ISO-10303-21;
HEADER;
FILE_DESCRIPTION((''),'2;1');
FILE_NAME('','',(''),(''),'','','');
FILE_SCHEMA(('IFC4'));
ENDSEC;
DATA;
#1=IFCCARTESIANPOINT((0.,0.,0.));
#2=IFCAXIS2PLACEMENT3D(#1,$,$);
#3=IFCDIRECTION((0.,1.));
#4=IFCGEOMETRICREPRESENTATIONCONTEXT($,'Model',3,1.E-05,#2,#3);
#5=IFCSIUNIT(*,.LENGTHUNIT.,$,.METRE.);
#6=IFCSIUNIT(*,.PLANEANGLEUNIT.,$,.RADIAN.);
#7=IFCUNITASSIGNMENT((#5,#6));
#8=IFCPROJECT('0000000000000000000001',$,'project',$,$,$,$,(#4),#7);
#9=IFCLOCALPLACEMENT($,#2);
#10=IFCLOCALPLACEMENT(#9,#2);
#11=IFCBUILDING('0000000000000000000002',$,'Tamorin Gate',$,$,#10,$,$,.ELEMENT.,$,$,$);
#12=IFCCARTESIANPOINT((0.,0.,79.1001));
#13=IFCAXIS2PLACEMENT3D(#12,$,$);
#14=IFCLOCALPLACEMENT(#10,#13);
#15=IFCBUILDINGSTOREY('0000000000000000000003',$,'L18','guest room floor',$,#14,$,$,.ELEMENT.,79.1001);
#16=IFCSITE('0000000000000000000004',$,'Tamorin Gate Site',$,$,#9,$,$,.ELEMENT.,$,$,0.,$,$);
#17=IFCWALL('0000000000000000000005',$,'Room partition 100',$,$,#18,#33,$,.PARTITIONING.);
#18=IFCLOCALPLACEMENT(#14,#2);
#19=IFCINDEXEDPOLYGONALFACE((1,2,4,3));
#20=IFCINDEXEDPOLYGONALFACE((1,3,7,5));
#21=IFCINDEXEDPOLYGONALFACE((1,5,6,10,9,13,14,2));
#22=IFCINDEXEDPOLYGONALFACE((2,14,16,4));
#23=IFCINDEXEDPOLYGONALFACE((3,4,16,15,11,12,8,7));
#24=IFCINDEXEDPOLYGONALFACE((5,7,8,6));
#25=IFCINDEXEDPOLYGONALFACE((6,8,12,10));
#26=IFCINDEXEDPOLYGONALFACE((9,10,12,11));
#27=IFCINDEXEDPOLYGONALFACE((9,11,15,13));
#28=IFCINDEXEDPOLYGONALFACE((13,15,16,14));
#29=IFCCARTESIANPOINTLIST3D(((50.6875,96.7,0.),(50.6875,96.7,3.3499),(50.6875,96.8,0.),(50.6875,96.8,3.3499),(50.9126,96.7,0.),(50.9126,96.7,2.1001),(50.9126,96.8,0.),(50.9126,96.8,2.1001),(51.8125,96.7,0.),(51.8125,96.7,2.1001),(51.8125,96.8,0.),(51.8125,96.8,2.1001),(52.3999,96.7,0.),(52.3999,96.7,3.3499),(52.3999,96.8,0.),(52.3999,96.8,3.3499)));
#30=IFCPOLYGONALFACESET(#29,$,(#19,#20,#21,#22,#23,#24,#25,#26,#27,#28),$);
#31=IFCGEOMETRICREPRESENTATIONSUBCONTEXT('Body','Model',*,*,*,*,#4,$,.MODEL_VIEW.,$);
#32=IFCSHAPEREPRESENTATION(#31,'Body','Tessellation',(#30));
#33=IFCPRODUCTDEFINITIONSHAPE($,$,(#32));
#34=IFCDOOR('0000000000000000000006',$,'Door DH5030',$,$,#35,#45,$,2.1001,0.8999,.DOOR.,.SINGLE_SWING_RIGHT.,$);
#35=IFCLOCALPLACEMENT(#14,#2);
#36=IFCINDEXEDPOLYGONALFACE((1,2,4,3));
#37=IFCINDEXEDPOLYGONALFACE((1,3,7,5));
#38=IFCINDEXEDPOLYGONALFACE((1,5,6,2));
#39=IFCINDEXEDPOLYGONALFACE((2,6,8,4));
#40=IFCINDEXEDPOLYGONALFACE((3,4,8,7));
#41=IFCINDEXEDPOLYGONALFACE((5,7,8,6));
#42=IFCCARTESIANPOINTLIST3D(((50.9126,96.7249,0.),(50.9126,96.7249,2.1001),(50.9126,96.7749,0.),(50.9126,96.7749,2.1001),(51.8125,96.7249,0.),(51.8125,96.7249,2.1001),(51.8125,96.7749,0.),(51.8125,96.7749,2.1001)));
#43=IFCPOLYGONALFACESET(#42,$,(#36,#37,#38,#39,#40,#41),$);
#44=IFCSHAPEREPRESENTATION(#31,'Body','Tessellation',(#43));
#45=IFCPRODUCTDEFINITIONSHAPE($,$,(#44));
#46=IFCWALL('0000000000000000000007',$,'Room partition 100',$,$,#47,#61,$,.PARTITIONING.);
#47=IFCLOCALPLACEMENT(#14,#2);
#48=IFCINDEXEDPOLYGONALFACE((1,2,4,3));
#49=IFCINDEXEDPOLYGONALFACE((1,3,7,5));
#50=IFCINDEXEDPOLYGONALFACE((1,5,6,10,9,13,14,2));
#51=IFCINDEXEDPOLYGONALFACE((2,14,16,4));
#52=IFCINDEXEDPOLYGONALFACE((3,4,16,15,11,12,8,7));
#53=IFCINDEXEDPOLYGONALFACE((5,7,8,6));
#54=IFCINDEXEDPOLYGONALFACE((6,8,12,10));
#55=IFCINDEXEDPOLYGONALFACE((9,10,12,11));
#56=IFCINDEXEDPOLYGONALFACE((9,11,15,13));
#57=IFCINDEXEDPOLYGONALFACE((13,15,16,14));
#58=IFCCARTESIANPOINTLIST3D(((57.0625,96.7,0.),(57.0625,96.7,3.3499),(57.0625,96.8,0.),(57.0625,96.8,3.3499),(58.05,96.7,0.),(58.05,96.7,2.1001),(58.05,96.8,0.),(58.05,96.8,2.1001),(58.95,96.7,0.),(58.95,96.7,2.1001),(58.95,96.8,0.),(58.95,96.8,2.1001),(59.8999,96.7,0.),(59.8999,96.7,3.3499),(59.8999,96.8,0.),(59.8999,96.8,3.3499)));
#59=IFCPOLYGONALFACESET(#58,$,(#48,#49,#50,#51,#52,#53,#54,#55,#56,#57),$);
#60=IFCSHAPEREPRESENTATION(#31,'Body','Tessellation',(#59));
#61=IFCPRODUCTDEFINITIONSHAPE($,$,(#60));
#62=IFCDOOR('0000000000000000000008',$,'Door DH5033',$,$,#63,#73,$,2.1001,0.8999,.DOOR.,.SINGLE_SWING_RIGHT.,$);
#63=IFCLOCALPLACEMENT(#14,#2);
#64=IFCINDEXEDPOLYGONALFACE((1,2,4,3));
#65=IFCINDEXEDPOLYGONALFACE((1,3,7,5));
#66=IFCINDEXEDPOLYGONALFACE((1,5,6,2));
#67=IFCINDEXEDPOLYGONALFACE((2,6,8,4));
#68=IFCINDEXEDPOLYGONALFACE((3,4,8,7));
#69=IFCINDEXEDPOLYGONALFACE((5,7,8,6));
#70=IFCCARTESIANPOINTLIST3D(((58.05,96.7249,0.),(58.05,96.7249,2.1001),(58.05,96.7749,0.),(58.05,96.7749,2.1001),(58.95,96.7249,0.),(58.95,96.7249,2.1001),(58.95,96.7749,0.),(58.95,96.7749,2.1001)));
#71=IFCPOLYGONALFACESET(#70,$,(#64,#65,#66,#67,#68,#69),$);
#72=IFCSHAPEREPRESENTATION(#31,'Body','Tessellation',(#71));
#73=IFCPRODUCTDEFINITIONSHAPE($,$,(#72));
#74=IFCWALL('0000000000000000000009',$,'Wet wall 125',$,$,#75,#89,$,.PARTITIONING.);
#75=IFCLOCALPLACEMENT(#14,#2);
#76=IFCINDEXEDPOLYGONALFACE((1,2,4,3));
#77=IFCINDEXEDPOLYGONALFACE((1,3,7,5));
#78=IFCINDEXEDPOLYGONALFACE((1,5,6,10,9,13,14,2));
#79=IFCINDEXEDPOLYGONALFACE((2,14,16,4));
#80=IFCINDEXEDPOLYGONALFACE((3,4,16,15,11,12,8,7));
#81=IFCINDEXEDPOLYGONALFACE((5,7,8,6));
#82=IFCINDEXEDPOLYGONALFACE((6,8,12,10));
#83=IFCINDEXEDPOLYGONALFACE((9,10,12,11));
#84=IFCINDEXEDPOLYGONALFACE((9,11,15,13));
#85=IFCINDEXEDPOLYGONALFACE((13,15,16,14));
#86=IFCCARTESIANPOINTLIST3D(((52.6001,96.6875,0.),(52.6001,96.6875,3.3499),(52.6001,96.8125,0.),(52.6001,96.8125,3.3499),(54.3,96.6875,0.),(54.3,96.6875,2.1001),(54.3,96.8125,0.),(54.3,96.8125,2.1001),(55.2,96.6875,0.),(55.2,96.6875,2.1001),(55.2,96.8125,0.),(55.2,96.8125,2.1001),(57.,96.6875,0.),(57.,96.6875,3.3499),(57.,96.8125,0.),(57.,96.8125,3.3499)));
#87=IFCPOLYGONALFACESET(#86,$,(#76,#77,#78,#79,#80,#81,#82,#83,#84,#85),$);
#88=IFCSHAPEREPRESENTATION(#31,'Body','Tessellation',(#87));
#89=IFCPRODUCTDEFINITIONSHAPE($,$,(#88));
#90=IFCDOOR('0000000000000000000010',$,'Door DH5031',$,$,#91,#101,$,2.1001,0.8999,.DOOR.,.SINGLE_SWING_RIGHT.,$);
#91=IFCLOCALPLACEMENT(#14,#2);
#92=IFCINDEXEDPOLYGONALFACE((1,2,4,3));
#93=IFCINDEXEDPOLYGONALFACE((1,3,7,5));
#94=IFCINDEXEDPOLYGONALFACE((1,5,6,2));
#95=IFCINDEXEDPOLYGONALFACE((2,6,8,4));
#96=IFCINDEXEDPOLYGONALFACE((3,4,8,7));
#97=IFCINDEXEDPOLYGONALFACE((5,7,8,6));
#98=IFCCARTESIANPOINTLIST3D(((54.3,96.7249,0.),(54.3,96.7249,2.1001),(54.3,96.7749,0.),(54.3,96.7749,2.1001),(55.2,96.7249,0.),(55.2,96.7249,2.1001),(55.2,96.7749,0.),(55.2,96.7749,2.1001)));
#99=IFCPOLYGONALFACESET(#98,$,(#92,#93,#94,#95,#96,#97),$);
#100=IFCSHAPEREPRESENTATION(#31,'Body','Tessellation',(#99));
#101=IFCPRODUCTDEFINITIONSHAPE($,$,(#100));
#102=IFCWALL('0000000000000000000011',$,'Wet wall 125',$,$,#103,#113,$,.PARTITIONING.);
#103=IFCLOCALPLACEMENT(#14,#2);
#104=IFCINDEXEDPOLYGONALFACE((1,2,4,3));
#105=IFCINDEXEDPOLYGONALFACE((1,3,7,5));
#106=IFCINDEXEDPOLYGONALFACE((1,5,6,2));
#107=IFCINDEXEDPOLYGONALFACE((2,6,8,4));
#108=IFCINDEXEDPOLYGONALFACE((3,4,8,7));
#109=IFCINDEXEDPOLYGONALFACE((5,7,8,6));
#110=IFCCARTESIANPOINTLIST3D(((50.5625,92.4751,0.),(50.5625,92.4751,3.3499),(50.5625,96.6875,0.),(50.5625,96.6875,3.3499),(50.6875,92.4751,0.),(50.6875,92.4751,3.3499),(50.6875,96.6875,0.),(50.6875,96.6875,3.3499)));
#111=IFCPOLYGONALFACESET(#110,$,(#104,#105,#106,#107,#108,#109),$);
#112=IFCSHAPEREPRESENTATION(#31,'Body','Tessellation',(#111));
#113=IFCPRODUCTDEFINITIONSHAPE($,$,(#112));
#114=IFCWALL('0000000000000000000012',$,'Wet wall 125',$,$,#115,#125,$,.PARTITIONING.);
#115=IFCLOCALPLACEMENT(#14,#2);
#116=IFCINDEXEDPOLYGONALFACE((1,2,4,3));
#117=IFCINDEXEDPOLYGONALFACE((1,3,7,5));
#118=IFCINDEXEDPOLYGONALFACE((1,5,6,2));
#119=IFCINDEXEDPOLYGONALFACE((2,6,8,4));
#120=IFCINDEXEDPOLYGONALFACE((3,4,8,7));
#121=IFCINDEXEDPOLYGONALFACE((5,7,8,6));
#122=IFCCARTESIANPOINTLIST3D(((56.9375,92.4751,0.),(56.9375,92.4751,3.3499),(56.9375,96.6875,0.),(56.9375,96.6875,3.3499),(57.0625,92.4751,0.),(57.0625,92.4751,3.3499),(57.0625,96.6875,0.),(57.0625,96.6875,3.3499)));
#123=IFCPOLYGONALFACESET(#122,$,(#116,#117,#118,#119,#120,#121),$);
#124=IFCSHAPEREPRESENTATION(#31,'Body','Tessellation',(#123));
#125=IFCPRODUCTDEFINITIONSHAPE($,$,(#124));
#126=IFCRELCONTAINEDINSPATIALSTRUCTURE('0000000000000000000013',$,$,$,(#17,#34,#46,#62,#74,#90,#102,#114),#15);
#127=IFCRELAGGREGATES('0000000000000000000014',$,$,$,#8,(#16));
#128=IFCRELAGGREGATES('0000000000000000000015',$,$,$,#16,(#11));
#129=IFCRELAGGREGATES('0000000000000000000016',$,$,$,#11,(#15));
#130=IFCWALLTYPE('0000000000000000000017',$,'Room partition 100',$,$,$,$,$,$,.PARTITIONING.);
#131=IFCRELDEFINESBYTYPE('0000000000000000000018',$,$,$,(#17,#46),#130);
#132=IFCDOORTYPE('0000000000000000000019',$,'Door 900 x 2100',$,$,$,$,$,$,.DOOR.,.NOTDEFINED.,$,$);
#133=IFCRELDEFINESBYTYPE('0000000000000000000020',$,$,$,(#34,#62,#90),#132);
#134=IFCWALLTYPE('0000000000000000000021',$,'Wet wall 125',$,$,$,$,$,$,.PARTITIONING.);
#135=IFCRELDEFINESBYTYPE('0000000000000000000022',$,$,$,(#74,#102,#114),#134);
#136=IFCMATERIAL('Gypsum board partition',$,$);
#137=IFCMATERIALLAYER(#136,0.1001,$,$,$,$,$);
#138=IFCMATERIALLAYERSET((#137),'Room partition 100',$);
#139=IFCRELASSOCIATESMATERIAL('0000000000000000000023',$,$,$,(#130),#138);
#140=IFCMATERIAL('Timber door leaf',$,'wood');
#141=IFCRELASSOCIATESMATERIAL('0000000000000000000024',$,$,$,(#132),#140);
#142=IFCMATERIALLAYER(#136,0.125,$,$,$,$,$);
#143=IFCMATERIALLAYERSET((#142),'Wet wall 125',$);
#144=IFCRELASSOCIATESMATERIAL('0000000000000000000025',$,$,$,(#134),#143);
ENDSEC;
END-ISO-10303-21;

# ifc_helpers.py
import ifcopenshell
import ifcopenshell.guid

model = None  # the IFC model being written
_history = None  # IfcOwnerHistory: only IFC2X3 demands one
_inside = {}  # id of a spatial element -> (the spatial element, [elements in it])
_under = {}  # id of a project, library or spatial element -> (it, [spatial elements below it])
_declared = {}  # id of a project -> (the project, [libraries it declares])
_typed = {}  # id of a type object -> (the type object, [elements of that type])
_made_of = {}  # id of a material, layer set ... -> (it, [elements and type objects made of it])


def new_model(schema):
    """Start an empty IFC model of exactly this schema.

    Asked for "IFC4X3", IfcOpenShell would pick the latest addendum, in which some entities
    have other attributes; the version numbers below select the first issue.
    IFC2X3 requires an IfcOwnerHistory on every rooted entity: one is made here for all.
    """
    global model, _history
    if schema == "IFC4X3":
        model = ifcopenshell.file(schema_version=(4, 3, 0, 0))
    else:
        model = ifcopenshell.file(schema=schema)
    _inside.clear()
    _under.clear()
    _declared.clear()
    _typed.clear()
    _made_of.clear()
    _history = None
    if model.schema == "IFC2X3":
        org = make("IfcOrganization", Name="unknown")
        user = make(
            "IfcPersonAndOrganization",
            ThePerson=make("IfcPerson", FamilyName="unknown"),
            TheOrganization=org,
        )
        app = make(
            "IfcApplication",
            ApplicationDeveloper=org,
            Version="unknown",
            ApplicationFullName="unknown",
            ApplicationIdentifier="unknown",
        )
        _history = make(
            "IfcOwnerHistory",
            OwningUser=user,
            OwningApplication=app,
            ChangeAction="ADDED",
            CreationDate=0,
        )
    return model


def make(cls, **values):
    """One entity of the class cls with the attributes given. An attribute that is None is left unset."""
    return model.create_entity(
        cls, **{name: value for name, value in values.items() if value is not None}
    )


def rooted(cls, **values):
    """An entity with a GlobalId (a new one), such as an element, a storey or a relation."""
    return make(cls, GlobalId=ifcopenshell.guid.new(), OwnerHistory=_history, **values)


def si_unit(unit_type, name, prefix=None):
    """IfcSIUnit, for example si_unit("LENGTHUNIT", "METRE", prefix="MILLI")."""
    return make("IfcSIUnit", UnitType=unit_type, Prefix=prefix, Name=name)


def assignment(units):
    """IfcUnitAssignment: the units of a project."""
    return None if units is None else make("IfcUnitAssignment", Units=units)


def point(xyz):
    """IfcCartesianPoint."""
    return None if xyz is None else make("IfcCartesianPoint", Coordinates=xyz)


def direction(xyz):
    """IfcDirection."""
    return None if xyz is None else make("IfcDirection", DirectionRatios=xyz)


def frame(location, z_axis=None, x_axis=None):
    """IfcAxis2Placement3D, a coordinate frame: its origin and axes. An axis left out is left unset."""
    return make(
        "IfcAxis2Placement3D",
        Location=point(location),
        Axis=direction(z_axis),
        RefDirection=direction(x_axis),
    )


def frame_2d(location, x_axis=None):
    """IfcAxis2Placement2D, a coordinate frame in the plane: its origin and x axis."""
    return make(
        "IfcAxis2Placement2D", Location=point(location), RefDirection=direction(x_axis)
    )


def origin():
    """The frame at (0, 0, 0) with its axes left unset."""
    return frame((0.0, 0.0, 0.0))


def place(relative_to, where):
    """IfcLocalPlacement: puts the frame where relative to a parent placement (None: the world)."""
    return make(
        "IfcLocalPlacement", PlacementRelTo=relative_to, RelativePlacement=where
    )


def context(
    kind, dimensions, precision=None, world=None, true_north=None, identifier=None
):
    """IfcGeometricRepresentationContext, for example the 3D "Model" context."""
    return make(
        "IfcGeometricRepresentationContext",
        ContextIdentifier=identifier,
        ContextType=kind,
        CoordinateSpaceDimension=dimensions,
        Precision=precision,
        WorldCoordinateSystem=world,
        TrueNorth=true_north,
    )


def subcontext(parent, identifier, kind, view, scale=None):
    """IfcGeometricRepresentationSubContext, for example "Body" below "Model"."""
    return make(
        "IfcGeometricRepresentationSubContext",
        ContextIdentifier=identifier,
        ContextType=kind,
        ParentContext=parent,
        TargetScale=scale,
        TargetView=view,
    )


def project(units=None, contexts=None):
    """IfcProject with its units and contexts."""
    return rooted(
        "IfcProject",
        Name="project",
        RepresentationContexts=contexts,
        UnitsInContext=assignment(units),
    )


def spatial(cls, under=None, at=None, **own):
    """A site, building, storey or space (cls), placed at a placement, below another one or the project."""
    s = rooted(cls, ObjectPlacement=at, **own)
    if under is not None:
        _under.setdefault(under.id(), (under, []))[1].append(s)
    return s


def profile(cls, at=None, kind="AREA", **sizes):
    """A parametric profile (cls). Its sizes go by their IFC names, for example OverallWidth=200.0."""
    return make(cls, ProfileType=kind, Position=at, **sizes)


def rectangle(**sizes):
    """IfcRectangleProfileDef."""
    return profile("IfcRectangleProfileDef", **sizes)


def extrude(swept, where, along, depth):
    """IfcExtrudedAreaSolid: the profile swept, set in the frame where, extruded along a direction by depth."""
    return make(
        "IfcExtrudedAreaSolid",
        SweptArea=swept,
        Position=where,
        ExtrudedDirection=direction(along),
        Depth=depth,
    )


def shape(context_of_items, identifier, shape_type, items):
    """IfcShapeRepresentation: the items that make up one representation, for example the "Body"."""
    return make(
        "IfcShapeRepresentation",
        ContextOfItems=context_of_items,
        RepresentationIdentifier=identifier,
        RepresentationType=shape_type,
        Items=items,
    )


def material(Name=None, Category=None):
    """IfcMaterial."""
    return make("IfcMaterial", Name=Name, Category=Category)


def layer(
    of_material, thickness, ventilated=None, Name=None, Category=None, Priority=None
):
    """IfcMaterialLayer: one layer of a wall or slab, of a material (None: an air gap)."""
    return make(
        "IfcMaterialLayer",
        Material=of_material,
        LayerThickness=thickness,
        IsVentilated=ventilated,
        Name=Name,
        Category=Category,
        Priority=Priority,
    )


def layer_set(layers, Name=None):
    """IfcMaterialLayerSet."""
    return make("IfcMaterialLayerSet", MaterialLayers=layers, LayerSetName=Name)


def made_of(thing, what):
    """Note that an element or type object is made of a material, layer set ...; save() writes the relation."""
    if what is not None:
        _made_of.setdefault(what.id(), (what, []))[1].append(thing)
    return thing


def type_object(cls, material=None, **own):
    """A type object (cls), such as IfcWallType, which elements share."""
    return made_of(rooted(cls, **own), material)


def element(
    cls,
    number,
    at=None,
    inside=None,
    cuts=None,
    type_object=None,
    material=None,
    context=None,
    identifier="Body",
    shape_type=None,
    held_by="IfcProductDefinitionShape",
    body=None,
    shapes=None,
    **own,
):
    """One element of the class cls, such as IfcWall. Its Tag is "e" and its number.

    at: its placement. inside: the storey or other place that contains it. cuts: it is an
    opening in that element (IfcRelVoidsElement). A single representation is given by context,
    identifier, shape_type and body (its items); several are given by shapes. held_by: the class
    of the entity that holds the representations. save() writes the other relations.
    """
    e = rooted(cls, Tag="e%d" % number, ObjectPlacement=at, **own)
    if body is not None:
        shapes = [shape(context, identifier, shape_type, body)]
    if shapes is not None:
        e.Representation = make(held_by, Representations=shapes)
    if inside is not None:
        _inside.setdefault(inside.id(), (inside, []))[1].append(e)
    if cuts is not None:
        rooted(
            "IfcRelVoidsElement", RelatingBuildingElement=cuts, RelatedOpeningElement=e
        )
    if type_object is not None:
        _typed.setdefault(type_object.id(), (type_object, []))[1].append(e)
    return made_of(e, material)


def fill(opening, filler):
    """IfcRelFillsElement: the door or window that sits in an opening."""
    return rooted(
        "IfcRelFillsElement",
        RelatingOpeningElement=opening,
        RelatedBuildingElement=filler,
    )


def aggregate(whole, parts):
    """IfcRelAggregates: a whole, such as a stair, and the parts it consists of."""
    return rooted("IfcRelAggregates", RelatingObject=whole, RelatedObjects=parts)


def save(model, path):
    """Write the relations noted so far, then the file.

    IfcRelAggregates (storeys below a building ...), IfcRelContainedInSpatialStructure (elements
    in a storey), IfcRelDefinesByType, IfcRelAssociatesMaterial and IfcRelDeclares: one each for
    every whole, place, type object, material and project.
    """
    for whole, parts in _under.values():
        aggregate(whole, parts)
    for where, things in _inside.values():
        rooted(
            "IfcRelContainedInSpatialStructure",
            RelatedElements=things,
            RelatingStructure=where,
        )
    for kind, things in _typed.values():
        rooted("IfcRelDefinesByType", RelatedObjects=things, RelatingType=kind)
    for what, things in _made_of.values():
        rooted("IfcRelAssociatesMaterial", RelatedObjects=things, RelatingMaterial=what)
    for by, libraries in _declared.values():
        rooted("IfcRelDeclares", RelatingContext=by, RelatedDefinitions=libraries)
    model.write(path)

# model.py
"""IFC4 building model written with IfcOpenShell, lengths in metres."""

from ifc_helpers import new_model, si_unit, direction, frame, frame_2d, origin, place, context, subcontext, project, spatial, rectangle, extrude, material, layer, layer_set, type_object, element, fill, save


model = new_model("IFC4")

# Units and contexts
model_context = context("Model", 3, precision=1e-05, world=origin(), true_north=direction((0.0, 1.0)))
body_context = subcontext(model_context, "Body", "Model", "MODEL_VIEW")
ifc_project = project(units=[si_unit("LENGTHUNIT", "METRE"), si_unit("PLANEANGLEUNIT", "RADIAN")], contexts=[model_context])

# Site, building, storey
site_placement = place(None, origin())
site = spatial("IfcSite", under=ifc_project, at=site_placement, Name="Tamorin Gate Site", CompositionType="ELEMENT", RefElevation=0.0)
building_placement = place(site_placement, origin())
building = spatial("IfcBuilding", under=site, at=building_placement, Name="Tamorin Gate", CompositionType="ELEMENT")
storey_placement = place(building_placement, frame((0.0, 0.0, 79.1001)))
storey = spatial("IfcBuildingStorey", under=building, at=storey_placement, Name="L18", Description="guest room floor", CompositionType="ELEMENT", Elevation=79.1001)

# Shared definitions
ifc_material_1 = material(Name="Gypsum board partition")

# Walls, openings, doors
ifc_layer_1 = layer(ifc_material_1, 0.1001)
ifc_layer_set_1 = layer_set([ifc_layer_1], Name="Room partition 100")
wall_type_1 = type_object("IfcWallType", Name="Room partition 100", PredefinedType="PARTITIONING", material=ifc_layer_set_1)
wall_1_placement = place(storey_placement, frame((50.6875, 96.75, 0.0), z_axis=(0.0, 0.0, 1.0), x_axis=(1.0, 0.0, 0.0)))
wall_1 = element("IfcWall", 1, at=wall_1_placement, inside=storey, type_object=wall_type_1, Name="Room partition 100", PredefinedType="PARTITIONING", context=body_context, shape_type="SweptSolid", body=[
    extrude(rectangle(XDim=1.7124, YDim=0.1001, at=frame_2d((0.8562, 0.0))), origin(), (0.0, 0.0, 1.0), 3.3499),
])
opening_1_placement = place(wall_1_placement, frame((0.2251, 0.0, 0.0)))
opening_1 = element("IfcOpeningElement", 2, at=opening_1_placement, cuts=wall_1, PredefinedType="OPENING", context=body_context, shape_type="SweptSolid", body=[
    extrude(rectangle(XDim=0.8999, YDim=2.1001, at=frame_2d((0.45, 1.05))), frame((0.0, 0.0601, 0.0), z_axis=(0.0, -1.0, 0.0), x_axis=(1.0, 0.0, 0.0)), (0.0, 0.0, 1.0), 0.1201),
])
ifc_material_2 = material(Name="Timber door leaf", Category="wood")
door_type = type_object("IfcDoorType", Name="Door 900 x 2100", OperationType="NOTDEFINED", PredefinedType="DOOR", material=ifc_material_2)
door_1_placement = place(opening_1_placement, origin())
door_1 = element("IfcDoor", 3, at=door_1_placement, inside=storey, type_object=door_type, Name="Door DH5030", OperationType="SINGLE_SWING_RIGHT", OverallHeight=2.1001, OverallWidth=0.8999, PredefinedType="DOOR", context=body_context, shape_type="SweptSolid", body=[
    extrude(rectangle(XDim=0.8999, YDim=2.1001, at=frame_2d((0.45, 1.05))), frame((0.0, 0.0249, 0.0), z_axis=(0.0, -1.0, 0.0), x_axis=(1.0, 0.0, 0.0)), (0.0, 0.0, 1.0), 0.05),
])
fill(opening_1, door_1)
wall_2_placement = place(storey_placement, frame((57.0625, 96.75, 0.0), z_axis=(0.0, 0.0, 1.0), x_axis=(1.0, 0.0, 0.0)))
wall_2 = element("IfcWall", 4, at=wall_2_placement, inside=storey, type_object=wall_type_1, Name="Room partition 100", PredefinedType="PARTITIONING", context=body_context, shape_type="SweptSolid", body=[
    extrude(rectangle(XDim=2.8374, YDim=0.1001, at=frame_2d((1.4187, 0.0))), origin(), (0.0, 0.0, 1.0), 3.3499),
])
opening_2_placement = place(wall_2_placement, frame((0.9875, 0.0, 0.0)))
opening_2 = element("IfcOpeningElement", 5, at=opening_2_placement, cuts=wall_2, PredefinedType="OPENING", context=body_context, shape_type="SweptSolid", body=[
    extrude(rectangle(XDim=0.8999, YDim=2.1001, at=frame_2d((0.45, 1.05))), frame((0.0, 0.0601, 0.0), z_axis=(0.0, -1.0, 0.0), x_axis=(1.0, 0.0, 0.0)), (0.0, 0.0, 1.0), 0.1201),
])
door_2_placement = place(opening_2_placement, origin())
door_2 = element("IfcDoor", 6, at=door_2_placement, inside=storey, type_object=door_type, Name="Door DH5033", OperationType="SINGLE_SWING_RIGHT", OverallHeight=2.1001, OverallWidth=0.8999, PredefinedType="DOOR", context=body_context, shape_type="SweptSolid", body=[
    extrude(rectangle(XDim=0.8999, YDim=2.1001, at=frame_2d((0.45, 1.05))), frame((0.0, 0.0249, 0.0), z_axis=(0.0, -1.0, 0.0), x_axis=(1.0, 0.0, 0.0)), (0.0, 0.0, 1.0), 0.05),
])
fill(opening_2, door_2)
ifc_layer_2 = layer(ifc_material_1, 0.125)
ifc_layer_set_2 = layer_set([ifc_layer_2], Name="Wet wall 125")
wall_type_2 = type_object("IfcWallType", Name="Wet wall 125", PredefinedType="PARTITIONING", material=ifc_layer_set_2)
wall_3_placement = place(storey_placement, frame((52.6001, 96.75, 0.0), z_axis=(0.0, 0.0, 1.0), x_axis=(1.0, 0.0, 0.0)))
wall_3 = element("IfcWall", 7, at=wall_3_placement, inside=storey, type_object=wall_type_2, Name="Wet wall 125", PredefinedType="PARTITIONING", context=body_context, shape_type="SweptSolid", body=[
    extrude(rectangle(XDim=4.3999, YDim=0.125, at=frame_2d((2.2, 0.0))), origin(), (0.0, 0.0, 1.0), 3.3499),
])
opening_3_placement = place(wall_3_placement, frame((1.7, 0.0, 0.0)))
opening_3 = element("IfcOpeningElement", 8, at=opening_3_placement, cuts=wall_3, PredefinedType="OPENING", context=body_context, shape_type="SweptSolid", body=[
    extrude(rectangle(XDim=0.8999, YDim=2.1001, at=frame_2d((0.45, 1.05))), frame((0.0, 0.0725, 0.0), z_axis=(0.0, -1.0, 0.0), x_axis=(1.0, 0.0, 0.0)), (0.0, 0.0, 1.0), 0.145),
])
door_3_placement = place(opening_3_placement, origin())
door_3 = element("IfcDoor", 9, at=door_3_placement, inside=storey, type_object=door_type, Name="Door DH5031", OperationType="SINGLE_SWING_RIGHT", OverallHeight=2.1001, OverallWidth=0.8999, PredefinedType="DOOR", context=body_context, shape_type="SweptSolid", body=[
    extrude(rectangle(XDim=0.8999, YDim=2.1001, at=frame_2d((0.45, 1.05))), frame((0.0, 0.0249, 0.0), z_axis=(0.0, -1.0, 0.0), x_axis=(1.0, 0.0, 0.0)), (0.0, 0.0, 1.0), 0.05),
])
fill(opening_3, door_3)

# Walls
for number, where, z_axis, x_axis, name in (
    (10, (50.625, 92.4751, 0.0), (0.0, 0.0, 1.0), (0.0, 1.0, 0.0), "Wet wall 125"),
    (11, (57.0, 92.4751, 0.0), (0.0, 0.0, 1.0), (0.0, 1.0, 0.0), "Wet wall 125"),
):
    element("IfcWall", number, at=place(storey_placement, frame(where, z_axis=z_axis, x_axis=x_axis)), inside=storey, type_object=wall_type_2, Name=name, PredefinedType="PARTITIONING", context=body_context, shape_type="SweptSolid", body=[
        extrude(rectangle(XDim=4.2124, YDim=0.125, at=frame_2d((2.1062, 0.0))), origin(), (0.0, 0.0, 1.0), 3.3499),
    ])

save(model, "model.ifc")
